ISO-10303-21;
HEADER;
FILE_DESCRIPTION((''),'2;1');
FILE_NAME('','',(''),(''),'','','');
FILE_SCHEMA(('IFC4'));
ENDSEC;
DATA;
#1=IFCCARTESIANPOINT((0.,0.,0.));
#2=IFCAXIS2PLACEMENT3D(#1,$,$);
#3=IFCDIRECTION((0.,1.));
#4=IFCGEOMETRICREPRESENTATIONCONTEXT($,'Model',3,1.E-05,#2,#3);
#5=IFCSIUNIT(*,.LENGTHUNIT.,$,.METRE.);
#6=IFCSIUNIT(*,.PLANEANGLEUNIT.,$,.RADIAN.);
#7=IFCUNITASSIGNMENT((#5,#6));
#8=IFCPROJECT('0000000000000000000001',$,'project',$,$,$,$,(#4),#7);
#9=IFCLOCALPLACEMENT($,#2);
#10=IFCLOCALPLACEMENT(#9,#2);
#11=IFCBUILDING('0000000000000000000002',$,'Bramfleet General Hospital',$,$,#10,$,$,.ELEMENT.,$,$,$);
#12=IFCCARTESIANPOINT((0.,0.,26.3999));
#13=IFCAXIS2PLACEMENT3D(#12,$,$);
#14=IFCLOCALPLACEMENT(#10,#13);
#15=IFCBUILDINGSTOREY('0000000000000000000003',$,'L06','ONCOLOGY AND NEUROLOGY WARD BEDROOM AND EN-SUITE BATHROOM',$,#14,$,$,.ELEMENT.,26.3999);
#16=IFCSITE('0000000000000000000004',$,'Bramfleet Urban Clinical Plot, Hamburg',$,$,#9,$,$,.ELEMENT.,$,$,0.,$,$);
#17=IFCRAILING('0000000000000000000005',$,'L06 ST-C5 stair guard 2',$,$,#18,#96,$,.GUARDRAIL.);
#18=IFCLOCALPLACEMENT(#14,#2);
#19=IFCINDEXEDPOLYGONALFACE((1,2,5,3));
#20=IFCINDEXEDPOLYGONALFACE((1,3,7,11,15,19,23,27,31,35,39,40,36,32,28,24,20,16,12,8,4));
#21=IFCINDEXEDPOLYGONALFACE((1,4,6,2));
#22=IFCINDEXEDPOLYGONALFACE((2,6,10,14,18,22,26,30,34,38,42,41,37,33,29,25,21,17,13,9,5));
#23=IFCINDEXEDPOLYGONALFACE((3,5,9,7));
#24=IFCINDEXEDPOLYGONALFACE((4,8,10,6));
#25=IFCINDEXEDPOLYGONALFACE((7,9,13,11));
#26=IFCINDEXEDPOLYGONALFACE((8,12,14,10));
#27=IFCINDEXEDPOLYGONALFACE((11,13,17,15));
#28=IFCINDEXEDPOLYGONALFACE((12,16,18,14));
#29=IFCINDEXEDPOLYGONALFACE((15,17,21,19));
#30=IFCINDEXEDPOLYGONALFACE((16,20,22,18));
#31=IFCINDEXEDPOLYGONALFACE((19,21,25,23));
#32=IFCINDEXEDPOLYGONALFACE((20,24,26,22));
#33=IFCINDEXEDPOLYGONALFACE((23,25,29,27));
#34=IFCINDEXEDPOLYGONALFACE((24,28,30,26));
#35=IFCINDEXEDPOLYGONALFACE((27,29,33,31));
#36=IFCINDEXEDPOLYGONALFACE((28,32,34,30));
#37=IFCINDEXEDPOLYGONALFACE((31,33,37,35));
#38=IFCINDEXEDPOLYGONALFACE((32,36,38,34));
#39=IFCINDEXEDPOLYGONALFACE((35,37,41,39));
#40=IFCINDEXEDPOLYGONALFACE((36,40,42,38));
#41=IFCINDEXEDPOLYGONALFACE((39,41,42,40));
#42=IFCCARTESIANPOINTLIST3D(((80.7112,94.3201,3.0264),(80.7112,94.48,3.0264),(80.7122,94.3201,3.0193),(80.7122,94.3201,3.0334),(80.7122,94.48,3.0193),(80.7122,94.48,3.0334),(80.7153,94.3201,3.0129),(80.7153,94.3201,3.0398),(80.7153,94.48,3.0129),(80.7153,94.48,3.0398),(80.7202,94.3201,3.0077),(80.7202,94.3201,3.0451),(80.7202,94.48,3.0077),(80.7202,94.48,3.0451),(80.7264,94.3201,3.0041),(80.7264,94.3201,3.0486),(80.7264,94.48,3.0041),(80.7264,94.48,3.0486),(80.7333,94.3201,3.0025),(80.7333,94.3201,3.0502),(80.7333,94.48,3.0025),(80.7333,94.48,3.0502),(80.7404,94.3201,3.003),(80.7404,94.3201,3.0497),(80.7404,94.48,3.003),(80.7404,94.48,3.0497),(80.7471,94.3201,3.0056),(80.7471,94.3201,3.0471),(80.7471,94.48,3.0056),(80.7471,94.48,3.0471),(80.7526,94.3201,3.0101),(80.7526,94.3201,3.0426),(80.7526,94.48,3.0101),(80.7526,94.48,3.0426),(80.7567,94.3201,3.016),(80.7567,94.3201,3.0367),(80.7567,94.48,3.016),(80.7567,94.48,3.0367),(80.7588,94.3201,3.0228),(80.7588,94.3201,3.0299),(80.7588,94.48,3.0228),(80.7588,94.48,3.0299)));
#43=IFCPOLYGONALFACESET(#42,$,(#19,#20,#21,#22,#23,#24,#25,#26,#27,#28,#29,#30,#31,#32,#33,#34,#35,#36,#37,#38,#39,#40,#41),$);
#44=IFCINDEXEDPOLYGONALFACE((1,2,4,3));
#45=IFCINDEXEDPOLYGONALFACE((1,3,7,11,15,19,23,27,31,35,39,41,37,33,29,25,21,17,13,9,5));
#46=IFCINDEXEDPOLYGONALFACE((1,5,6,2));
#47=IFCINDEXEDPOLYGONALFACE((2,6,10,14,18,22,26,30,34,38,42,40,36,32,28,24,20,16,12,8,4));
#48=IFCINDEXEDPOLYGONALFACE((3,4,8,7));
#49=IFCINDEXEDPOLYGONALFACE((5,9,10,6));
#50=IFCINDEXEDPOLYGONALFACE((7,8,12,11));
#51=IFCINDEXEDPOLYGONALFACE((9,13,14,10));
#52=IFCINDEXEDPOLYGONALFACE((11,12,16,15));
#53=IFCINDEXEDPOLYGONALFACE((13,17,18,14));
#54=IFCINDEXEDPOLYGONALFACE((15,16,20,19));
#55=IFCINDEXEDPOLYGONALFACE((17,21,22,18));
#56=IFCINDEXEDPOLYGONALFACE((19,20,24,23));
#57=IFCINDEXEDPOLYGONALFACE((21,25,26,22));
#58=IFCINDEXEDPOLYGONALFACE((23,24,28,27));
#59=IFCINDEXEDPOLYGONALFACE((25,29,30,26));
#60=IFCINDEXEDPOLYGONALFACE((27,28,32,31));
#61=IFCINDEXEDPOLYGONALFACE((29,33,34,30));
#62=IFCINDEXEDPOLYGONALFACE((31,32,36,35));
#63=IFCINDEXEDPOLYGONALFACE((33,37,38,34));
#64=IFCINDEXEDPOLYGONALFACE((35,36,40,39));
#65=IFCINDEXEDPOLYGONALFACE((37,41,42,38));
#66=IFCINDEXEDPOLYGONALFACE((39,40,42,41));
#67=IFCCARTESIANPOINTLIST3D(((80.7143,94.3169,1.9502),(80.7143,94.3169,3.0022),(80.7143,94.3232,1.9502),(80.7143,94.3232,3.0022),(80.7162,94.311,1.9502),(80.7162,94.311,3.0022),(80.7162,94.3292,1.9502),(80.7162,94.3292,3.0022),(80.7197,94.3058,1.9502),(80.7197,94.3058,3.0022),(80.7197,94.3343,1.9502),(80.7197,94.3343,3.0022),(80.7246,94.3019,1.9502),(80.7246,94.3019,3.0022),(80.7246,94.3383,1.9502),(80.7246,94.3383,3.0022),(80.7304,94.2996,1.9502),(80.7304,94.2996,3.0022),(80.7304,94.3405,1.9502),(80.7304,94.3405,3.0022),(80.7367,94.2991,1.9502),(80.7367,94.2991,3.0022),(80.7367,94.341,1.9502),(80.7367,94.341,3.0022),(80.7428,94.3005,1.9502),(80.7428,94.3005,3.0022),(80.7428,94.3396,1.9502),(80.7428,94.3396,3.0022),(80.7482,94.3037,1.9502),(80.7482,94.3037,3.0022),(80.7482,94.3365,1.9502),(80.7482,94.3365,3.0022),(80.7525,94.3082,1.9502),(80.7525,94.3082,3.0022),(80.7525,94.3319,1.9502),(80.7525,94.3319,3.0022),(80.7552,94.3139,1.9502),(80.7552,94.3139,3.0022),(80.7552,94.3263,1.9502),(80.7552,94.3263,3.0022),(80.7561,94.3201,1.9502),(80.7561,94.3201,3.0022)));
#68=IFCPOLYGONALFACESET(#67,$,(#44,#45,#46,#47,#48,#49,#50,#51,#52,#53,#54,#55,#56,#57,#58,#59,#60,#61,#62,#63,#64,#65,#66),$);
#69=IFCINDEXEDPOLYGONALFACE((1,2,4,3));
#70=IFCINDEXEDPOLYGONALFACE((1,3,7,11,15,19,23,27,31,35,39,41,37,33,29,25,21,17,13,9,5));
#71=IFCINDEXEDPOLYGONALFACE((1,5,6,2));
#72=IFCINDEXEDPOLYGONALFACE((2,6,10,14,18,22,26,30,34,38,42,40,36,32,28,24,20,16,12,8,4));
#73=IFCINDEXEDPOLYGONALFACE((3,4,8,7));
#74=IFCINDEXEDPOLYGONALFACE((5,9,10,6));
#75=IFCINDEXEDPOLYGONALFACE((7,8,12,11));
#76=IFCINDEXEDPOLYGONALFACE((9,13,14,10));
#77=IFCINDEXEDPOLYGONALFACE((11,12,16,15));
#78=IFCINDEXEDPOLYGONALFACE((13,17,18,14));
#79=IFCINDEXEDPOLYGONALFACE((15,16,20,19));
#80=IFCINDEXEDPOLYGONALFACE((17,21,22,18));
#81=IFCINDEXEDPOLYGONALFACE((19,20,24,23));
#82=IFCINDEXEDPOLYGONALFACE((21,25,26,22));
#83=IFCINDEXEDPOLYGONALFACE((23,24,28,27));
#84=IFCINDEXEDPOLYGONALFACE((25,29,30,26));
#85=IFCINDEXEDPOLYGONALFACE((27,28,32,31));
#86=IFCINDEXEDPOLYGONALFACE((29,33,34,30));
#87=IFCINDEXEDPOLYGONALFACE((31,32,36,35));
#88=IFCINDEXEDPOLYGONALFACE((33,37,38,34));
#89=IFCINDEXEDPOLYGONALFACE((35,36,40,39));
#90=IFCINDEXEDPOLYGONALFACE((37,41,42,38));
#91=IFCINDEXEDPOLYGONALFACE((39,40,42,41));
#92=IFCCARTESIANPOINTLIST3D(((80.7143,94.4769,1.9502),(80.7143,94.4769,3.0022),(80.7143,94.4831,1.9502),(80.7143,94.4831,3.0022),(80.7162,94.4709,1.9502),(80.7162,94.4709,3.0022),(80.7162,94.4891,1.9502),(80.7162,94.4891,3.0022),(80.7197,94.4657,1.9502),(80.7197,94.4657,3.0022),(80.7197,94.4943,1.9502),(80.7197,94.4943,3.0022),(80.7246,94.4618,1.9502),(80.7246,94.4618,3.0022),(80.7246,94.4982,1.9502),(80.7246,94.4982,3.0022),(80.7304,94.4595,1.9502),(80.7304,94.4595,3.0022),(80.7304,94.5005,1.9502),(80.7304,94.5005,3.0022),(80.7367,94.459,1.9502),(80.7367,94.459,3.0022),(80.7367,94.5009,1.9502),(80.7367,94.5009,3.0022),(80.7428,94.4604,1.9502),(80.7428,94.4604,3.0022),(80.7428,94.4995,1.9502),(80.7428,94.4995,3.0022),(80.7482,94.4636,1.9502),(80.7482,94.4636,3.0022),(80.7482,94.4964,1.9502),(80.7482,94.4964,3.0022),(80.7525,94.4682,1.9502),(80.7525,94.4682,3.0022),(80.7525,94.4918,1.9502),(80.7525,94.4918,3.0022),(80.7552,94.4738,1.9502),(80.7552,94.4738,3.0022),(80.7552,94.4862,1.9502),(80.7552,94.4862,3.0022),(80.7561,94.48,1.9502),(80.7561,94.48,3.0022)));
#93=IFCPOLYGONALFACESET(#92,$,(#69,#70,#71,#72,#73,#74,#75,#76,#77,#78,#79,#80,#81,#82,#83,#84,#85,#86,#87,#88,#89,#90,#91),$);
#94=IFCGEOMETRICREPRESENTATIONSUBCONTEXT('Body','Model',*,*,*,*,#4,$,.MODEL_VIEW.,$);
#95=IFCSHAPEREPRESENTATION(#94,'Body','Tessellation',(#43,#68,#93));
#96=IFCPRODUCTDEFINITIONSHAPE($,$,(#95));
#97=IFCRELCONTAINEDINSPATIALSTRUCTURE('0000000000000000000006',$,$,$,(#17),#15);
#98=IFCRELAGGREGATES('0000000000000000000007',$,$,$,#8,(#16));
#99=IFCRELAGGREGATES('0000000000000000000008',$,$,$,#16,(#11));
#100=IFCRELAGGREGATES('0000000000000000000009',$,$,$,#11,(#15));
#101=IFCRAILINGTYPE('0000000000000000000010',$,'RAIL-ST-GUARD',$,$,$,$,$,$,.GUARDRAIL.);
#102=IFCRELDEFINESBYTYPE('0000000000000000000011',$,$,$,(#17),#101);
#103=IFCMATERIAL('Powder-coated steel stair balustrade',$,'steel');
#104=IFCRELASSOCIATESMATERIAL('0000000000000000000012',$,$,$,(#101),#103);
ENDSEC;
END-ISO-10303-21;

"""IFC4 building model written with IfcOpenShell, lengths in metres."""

from ifc_helpers import new_model, si_unit, direction, frame, origin, origin_2d, place, context, subcontext, project, spatial, circle, extrude, material, type_object, element, save


model = new_model("IFC4")

# Units and contexts
model_context = context("Model", 3, precision=1e-05, world=origin(), true_north=direction((0.0, 1.0)))
body_context = subcontext(model_context, "Body", "Model", "MODEL_VIEW")
ifc_project = project(units=[si_unit("LENGTHUNIT", "METRE"), si_unit("PLANEANGLEUNIT", "RADIAN")], contexts=[model_context])

# Site, building, storey
site_placement = place(None, origin())
site = spatial("IfcSite", under=ifc_project, at=site_placement, Name="Bramfleet Urban Clinical Plot, Hamburg", CompositionType="ELEMENT", RefElevation=0.0)
building_placement = place(site_placement, origin())
building = spatial("IfcBuilding", under=site, at=building_placement, Name="Bramfleet General Hospital", CompositionType="ELEMENT")
storey_placement = place(building_placement, frame((0.0, 0.0, 26.3999)))
storey = spatial("IfcBuildingStorey", under=building, at=storey_placement, Name="L06", Description="ONCOLOGY AND NEUROLOGY WARD BEDROOM AND EN-SUITE BATHROOM", CompositionType="ELEMENT", Elevation=26.3999)

# Railing
ifc_material_1 = material(Name="Powder-coated steel stair balustrade", Category="steel")
railing_type_1 = type_object("IfcRailingType", Name="RAIL-ST-GUARD", PredefinedType="GUARDRAIL", material=ifc_material_1)
railing_1_placement = place(storey_placement, frame((80.7351, 94.3201, 1.9502)))
element("IfcRailing", 1, at=railing_1_placement, inside=storey, type_object=railing_type_1, Name="L06 ST-C5 stair guard 2", PredefinedType="GUARDRAIL", context=body_context, shape_type="SweptSolid", body=[
    extrude(circle(Radius=0.0239, at=origin_2d()), frame((0.0, 0.0, 1.0762), z_axis=(0.0, 1.0, 0.0), x_axis=(-1.0, 0.0, 0.0)), (0.0, 0.0, 1.0), 0.1599),
    extrude(circle(Radius=0.021, at=origin_2d()), origin(), (0.0, 0.0, 1.0), 1.052),
    extrude(circle(Radius=0.021, at=origin_2d()), frame((0.0, 0.1599, 0.0)), (0.0, 0.0, 1.0), 1.052),
])

save(model, "model.ifc")
